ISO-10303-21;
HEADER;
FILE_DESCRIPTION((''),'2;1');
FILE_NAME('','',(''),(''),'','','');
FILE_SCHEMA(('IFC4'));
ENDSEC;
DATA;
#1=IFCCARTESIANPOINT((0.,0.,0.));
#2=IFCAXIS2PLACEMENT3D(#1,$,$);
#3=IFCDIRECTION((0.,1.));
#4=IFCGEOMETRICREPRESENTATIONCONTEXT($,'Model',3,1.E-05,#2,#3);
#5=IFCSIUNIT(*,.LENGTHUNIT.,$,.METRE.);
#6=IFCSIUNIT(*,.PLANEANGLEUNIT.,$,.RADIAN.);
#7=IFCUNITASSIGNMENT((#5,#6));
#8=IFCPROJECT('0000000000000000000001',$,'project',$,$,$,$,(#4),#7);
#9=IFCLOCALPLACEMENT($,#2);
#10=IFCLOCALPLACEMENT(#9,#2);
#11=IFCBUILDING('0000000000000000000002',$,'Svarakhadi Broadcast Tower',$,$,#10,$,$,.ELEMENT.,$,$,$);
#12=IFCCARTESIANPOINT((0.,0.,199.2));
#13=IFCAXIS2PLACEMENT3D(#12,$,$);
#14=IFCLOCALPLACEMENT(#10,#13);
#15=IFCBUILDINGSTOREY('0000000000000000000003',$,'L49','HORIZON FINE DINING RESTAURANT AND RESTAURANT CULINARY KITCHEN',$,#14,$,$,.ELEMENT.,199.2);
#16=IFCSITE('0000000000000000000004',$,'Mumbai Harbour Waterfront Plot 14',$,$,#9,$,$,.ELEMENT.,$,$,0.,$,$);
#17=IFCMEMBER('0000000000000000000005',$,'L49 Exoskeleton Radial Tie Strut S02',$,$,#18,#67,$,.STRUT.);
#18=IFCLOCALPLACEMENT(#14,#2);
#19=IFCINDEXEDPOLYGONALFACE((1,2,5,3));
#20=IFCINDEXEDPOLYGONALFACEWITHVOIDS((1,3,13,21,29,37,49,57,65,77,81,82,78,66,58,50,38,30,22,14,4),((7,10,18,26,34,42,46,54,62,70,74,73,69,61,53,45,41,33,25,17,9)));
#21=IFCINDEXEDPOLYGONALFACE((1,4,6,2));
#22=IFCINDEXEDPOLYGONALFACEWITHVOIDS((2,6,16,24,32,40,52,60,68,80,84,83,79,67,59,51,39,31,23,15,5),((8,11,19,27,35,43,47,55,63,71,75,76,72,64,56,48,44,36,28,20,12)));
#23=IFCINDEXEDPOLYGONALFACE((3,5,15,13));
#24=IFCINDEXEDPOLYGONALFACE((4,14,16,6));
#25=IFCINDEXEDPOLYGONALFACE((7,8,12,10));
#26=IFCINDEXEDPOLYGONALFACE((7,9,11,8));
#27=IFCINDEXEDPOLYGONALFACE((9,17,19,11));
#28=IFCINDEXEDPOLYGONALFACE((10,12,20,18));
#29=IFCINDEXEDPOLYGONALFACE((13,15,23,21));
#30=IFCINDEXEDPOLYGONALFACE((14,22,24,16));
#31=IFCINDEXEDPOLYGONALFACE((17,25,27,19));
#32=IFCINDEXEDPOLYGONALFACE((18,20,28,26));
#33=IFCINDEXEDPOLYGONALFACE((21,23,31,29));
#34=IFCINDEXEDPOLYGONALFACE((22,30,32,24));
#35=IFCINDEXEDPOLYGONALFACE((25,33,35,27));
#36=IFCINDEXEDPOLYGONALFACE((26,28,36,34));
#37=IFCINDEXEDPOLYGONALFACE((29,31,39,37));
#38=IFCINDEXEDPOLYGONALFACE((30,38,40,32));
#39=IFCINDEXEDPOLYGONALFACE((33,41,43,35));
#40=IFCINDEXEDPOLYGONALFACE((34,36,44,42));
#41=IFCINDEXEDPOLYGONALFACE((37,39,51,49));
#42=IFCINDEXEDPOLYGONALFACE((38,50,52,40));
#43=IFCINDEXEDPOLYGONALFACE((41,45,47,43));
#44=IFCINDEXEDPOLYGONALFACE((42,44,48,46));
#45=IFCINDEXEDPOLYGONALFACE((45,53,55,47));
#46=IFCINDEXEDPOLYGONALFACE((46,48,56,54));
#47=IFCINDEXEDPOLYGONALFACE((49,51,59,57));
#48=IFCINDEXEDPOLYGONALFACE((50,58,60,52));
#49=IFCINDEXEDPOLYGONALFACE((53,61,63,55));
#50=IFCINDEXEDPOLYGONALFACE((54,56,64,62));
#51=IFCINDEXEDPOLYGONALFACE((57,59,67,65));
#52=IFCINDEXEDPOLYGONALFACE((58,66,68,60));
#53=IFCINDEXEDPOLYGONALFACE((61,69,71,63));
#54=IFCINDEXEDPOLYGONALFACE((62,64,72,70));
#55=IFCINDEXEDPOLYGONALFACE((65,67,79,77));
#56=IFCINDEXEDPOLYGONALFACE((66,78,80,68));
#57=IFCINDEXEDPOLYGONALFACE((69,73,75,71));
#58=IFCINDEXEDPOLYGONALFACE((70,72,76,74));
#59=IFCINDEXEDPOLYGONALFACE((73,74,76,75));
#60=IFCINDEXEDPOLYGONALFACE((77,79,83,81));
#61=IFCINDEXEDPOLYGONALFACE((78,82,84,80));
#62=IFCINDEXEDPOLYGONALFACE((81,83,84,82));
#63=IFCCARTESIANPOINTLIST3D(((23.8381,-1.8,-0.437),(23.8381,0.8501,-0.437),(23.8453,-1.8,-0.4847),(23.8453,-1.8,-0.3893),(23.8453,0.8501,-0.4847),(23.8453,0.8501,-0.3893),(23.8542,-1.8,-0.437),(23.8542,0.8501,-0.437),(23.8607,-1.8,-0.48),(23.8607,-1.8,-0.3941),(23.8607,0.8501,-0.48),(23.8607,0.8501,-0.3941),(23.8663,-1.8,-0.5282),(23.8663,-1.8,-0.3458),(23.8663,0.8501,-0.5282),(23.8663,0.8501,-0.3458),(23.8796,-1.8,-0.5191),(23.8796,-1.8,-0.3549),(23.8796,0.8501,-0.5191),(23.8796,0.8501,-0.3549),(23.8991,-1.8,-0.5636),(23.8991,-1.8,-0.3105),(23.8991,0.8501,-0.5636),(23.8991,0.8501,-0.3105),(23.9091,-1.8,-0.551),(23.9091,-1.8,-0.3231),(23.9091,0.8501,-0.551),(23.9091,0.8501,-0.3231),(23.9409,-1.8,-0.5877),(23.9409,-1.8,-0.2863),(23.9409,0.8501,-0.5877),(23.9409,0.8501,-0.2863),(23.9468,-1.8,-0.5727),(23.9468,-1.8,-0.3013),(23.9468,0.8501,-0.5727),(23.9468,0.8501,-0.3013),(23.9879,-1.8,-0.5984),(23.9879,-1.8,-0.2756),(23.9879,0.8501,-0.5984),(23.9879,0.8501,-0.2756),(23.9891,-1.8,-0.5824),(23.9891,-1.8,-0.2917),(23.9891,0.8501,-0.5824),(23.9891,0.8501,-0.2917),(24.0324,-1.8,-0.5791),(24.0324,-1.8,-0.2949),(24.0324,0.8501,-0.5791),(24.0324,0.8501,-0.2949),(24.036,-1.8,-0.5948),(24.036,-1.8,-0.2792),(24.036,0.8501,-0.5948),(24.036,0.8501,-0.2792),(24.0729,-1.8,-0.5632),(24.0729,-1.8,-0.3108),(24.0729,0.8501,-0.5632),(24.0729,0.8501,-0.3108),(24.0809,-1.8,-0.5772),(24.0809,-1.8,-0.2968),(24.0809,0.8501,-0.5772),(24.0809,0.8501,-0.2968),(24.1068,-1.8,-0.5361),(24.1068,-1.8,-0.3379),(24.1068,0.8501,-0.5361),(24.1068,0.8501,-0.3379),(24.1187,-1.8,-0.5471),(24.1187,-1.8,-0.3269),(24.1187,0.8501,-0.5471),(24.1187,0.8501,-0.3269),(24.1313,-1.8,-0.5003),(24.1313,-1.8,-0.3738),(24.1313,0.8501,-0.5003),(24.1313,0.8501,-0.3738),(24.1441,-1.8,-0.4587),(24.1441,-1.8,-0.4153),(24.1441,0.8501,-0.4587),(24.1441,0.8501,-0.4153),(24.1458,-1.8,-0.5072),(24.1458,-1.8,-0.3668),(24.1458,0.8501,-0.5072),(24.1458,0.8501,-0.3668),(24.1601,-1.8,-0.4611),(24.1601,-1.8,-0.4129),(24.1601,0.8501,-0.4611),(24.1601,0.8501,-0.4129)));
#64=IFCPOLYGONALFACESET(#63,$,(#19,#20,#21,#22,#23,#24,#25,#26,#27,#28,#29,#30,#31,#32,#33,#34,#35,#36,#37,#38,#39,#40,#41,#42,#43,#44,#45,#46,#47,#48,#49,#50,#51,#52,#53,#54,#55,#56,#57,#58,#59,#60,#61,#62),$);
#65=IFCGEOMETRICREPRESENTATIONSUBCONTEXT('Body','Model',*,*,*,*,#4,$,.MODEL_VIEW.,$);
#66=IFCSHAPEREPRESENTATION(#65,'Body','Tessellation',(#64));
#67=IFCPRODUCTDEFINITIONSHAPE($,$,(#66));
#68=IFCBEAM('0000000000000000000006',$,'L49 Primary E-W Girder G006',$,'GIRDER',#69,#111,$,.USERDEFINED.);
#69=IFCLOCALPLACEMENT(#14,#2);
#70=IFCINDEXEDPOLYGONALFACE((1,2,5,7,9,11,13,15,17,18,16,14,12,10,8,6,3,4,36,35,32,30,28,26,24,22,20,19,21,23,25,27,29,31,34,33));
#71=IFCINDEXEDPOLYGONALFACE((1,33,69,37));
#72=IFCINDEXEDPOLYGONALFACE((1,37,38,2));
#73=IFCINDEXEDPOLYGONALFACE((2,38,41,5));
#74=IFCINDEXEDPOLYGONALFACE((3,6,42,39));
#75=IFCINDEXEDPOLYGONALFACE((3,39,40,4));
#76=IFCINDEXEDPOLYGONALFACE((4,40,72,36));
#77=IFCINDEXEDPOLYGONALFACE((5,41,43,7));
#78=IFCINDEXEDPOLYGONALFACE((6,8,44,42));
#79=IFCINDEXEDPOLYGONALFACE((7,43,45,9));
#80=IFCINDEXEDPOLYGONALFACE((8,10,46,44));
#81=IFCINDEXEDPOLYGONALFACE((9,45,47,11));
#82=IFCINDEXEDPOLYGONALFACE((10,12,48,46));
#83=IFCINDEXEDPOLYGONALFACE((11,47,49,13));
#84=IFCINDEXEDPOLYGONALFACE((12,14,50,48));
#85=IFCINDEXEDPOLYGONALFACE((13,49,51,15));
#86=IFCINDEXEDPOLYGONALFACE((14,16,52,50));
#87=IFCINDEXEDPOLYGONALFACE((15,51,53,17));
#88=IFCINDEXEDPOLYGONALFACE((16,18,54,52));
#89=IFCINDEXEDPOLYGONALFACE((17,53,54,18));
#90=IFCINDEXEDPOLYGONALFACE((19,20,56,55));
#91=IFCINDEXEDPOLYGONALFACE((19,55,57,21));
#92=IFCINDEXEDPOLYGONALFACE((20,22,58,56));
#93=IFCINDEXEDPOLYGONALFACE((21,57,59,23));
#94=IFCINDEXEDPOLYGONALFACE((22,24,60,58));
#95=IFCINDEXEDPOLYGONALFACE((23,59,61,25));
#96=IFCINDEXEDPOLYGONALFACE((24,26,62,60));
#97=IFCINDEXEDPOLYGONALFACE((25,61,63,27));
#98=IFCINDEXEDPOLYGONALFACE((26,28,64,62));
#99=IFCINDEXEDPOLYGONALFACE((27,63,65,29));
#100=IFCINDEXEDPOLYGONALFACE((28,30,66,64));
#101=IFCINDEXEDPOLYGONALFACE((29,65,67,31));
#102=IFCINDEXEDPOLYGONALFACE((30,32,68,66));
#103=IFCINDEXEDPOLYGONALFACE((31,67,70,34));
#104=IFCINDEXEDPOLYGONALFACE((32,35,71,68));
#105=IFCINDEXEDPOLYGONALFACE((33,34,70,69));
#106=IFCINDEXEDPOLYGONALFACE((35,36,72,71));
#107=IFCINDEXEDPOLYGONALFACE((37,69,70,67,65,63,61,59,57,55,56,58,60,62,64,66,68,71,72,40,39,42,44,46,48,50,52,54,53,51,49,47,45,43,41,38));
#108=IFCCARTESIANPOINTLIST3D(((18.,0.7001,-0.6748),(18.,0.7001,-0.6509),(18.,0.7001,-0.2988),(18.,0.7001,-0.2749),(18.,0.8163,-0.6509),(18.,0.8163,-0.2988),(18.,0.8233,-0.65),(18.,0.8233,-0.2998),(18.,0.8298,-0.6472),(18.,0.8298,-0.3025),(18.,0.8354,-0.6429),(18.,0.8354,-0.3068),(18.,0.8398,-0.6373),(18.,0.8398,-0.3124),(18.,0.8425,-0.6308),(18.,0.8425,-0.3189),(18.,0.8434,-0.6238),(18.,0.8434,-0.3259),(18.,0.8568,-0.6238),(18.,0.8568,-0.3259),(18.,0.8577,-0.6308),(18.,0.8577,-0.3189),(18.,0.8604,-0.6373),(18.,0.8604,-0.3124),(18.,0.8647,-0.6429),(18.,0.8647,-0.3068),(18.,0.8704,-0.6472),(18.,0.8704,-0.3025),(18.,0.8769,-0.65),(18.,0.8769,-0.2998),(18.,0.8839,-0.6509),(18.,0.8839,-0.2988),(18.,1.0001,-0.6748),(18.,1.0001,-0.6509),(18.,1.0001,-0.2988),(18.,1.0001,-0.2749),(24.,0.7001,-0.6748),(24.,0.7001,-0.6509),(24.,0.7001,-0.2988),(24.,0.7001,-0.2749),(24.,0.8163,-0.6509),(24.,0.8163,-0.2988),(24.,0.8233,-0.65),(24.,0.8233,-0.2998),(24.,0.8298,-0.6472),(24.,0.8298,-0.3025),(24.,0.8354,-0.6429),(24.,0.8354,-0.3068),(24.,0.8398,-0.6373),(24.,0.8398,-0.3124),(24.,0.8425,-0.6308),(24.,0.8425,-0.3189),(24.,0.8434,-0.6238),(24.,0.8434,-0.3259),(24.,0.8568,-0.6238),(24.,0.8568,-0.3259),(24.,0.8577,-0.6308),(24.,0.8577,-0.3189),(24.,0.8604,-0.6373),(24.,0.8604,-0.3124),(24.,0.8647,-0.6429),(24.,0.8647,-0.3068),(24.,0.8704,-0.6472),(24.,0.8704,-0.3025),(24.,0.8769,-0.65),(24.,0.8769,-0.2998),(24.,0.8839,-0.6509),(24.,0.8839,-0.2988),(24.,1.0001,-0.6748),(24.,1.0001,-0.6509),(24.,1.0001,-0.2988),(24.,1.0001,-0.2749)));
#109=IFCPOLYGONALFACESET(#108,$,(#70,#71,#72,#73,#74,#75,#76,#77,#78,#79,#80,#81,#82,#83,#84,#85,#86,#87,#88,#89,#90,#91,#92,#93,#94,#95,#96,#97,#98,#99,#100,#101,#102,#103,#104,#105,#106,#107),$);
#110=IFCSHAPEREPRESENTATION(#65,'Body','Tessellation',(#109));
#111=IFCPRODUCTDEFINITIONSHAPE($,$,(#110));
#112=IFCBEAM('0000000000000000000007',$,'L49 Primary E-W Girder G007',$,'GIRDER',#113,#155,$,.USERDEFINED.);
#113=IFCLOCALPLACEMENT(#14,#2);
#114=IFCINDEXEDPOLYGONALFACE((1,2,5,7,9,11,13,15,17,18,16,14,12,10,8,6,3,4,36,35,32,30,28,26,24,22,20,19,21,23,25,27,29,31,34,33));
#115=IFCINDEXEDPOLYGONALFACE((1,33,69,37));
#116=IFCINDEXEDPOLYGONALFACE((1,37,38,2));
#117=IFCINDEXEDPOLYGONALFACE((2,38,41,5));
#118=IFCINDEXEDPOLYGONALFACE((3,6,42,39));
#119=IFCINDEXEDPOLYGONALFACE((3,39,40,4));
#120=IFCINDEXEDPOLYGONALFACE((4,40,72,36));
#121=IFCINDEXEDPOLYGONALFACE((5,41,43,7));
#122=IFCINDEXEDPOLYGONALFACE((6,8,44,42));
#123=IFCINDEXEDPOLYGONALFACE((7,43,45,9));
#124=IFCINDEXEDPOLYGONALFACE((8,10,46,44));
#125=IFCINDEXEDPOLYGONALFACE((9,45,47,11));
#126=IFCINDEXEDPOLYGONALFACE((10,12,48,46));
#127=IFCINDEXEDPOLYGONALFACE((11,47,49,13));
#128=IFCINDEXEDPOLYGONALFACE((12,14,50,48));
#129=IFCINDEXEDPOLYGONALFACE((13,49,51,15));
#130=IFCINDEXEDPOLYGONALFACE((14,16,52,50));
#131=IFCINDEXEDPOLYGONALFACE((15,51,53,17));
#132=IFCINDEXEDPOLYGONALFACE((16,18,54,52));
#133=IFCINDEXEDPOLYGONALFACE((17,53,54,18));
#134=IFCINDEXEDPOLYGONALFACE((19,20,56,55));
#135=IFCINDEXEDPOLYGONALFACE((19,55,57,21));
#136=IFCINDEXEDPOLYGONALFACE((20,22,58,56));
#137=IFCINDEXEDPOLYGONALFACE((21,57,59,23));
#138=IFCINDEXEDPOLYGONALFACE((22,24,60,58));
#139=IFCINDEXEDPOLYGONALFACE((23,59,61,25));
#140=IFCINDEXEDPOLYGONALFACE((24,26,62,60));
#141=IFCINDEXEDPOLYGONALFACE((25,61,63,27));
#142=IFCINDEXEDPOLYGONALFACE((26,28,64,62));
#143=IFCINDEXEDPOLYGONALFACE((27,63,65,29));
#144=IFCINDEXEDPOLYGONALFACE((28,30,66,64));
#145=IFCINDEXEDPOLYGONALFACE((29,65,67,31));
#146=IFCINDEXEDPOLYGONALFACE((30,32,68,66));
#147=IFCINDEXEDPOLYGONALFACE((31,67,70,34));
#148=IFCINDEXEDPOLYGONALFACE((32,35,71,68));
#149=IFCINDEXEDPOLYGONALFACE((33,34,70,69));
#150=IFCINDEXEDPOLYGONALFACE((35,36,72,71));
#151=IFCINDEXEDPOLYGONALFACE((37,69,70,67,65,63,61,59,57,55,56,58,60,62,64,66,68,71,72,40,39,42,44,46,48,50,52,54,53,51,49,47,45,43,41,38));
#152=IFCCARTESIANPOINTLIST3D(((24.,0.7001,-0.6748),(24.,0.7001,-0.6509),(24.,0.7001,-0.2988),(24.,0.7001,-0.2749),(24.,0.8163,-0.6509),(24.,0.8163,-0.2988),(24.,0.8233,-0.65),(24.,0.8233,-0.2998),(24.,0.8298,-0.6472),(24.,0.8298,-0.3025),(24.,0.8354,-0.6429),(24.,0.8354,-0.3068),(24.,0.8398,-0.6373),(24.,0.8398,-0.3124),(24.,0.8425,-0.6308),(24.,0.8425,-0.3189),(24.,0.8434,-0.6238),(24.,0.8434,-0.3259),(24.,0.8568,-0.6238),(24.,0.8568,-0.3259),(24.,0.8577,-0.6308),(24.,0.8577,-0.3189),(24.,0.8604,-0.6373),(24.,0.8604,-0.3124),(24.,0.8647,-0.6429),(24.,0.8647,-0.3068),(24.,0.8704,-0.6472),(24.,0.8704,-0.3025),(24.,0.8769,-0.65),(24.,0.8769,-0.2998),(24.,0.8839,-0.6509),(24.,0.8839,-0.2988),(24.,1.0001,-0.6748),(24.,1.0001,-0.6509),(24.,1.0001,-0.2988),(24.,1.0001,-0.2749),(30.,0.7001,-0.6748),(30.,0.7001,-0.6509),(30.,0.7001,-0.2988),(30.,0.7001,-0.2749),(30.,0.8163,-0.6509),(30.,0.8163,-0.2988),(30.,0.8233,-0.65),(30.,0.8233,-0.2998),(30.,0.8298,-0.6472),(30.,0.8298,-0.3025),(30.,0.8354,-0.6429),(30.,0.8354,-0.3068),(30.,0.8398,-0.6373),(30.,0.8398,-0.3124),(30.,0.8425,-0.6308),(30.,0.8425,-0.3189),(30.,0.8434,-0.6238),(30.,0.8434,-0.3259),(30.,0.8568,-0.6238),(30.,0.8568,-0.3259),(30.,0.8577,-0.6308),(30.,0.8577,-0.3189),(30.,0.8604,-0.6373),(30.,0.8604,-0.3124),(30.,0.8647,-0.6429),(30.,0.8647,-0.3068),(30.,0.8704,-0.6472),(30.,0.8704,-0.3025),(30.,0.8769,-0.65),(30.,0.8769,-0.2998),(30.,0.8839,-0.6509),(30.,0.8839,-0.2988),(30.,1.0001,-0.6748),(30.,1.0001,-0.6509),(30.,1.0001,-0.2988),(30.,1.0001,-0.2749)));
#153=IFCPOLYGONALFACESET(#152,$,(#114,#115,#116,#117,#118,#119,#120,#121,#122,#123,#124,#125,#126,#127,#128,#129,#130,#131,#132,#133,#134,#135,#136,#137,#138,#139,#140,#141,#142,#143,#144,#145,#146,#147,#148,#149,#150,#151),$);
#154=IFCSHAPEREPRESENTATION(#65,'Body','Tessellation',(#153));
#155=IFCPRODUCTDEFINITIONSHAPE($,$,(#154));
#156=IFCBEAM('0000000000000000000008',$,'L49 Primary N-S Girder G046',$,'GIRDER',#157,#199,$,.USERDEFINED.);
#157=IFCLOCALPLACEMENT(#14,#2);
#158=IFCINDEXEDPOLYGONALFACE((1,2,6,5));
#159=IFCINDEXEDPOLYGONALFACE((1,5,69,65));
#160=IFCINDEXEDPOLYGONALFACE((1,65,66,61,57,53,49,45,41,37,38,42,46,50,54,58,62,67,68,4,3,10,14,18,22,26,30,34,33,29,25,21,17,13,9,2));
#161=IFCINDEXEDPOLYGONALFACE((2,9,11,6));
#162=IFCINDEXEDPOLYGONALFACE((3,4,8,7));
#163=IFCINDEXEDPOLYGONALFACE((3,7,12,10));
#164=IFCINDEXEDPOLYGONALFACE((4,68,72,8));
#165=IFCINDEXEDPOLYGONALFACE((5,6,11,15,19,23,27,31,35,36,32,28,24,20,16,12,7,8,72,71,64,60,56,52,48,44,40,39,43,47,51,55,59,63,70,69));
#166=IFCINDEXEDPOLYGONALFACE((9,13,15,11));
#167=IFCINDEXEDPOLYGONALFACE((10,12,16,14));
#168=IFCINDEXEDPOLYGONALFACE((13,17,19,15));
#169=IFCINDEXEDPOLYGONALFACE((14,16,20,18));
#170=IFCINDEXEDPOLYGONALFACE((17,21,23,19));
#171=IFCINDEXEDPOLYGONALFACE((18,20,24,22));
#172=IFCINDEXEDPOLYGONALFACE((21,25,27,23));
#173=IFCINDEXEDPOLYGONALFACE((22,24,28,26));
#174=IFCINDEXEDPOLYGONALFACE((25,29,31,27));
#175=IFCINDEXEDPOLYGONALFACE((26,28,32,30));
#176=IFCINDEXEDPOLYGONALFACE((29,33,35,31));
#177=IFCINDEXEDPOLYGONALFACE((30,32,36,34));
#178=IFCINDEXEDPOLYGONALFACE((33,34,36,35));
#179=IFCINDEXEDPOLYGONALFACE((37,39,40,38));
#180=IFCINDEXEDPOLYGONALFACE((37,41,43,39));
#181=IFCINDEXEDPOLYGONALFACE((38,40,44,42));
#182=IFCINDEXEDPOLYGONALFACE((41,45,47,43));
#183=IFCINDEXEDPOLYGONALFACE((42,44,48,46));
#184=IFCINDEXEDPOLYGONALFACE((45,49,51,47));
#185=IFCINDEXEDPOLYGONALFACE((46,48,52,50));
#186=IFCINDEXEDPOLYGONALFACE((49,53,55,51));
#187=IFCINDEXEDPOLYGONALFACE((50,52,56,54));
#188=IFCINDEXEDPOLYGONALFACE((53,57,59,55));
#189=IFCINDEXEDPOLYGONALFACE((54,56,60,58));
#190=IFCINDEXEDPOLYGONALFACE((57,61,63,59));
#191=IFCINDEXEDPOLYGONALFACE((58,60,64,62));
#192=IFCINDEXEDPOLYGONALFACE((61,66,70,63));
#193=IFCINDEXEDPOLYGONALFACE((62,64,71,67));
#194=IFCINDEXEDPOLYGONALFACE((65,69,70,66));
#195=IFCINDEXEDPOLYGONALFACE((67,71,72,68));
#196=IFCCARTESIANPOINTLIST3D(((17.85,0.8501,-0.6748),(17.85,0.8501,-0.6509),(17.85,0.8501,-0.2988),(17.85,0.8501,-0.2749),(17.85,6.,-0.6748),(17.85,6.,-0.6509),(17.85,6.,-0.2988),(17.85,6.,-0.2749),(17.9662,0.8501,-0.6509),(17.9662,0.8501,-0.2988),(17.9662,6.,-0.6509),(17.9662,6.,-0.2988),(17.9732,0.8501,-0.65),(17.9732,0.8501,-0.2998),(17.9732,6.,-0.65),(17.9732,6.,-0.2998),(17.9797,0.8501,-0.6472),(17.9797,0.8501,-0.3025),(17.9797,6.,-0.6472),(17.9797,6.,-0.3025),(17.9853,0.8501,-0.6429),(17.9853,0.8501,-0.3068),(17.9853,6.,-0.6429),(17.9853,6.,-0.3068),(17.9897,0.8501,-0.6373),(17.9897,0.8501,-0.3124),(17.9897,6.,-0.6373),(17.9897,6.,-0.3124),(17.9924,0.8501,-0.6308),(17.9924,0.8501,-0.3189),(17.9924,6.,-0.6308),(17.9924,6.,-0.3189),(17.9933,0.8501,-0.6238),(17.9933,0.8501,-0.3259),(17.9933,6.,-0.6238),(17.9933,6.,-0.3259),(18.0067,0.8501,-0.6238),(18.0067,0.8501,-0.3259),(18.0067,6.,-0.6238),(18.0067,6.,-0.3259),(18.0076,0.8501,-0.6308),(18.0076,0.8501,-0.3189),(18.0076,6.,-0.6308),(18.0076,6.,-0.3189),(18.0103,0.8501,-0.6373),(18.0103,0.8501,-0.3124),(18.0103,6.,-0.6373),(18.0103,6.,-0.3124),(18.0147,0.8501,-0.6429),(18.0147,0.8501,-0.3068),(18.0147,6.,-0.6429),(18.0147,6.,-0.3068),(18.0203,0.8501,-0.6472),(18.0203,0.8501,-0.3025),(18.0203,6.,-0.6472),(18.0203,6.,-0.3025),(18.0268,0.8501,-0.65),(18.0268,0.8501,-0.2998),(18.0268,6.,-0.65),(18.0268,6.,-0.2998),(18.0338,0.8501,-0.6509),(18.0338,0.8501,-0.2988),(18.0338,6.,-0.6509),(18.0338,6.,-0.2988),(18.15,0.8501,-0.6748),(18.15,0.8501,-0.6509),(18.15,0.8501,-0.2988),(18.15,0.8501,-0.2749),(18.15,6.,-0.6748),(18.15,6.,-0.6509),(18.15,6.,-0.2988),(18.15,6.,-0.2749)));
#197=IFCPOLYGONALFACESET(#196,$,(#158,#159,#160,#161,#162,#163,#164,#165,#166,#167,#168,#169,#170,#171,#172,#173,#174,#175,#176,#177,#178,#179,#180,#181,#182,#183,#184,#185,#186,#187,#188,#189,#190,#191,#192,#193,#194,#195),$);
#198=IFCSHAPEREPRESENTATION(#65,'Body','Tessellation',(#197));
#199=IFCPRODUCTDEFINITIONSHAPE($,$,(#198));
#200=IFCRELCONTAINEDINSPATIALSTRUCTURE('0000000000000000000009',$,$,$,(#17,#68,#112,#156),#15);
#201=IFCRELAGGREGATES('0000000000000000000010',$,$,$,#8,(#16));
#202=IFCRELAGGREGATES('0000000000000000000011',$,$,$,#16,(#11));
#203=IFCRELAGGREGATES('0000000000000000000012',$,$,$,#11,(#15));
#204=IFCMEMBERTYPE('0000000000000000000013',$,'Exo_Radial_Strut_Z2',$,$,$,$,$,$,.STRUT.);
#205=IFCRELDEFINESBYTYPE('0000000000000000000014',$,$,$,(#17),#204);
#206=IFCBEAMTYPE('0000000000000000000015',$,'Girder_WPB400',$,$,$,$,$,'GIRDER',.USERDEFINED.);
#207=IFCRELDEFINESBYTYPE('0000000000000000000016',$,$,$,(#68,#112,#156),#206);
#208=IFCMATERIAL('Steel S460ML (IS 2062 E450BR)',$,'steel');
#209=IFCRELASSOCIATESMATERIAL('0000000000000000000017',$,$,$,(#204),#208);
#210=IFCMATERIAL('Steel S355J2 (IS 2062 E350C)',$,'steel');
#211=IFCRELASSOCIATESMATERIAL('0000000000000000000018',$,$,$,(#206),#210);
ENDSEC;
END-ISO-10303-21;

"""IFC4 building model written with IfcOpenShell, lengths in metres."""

from ifc_helpers import new_model, si_unit, direction, frame, origin, origin_2d, place, context, subcontext, project, spatial, hollow_circle, i_section, extrude, material, material_profile, profile_set, type_object, element, save


model = new_model("IFC4")

# Units and contexts
model_context = context("Model", 3, precision=1e-05, world=origin(), true_north=direction((0.0, 1.0)))
body_context = subcontext(model_context, "Body", "Model", "MODEL_VIEW")
ifc_project = project(units=[si_unit("LENGTHUNIT", "METRE"), si_unit("PLANEANGLEUNIT", "RADIAN")], contexts=[model_context])

# Site, building, storey
site_placement = place(None, origin())
site = spatial("IfcSite", under=ifc_project, at=site_placement, Name="Mumbai Harbour Waterfront Plot 14", CompositionType="ELEMENT", RefElevation=0.0)
building_placement = place(site_placement, origin())
building = spatial("IfcBuilding", under=site, at=building_placement, Name="Svarakhadi Broadcast Tower", CompositionType="ELEMENT")
storey_placement = place(building_placement, frame((0.0, 0.0, 199.2)))
storey = spatial("IfcBuildingStorey", under=building, at=storey_placement, Name="L49", Description="HORIZON FINE DINING RESTAURANT AND RESTAURANT CULINARY KITCHEN", CompositionType="ELEMENT", Elevation=199.2)

# Shared definitions
ifc_material_1 = material(Name="Steel S460ML (IS 2062 E450BR)", Category="steel")

# Shared definitions
ifc_material_2 = material(Name="Steel S355J2 (IS 2062 E350C)", Category="steel")

# Member
ifc_material_profile_1 = material_profile(ifc_material_1, hollow_circle(Radius=0.1619, WallThickness=0.0161, at=origin_2d()), Name="CHS 323.9x16")
ifc_profile_set_1 = profile_set([ifc_material_profile_1], Name="Steel S460ML (IS 2062 E450BR)")
member_type_1 = type_object("IfcMemberType", Name="Exo_Radial_Strut_Z2", PredefinedType="STRUT", material=ifc_profile_set_1)
member_1_placement = place(storey_placement, frame((24.0, -1.8, -0.437), z_axis=(0.0, 1.0, 0.0), x_axis=(-1.0, 0.0, 0.0)))
element("IfcMember", 1, at=member_1_placement, inside=storey, type_object=member_type_1, Name="L49 Exoskeleton Radial Tie Strut S02", PredefinedType="STRUT", context=body_context, shape_type="SweptSolid", body=[
    extrude(hollow_circle(Radius=0.1619, WallThickness=0.0161, at=origin_2d()), origin(), (0.0, 0.0, 1.0), 2.6501),
])

# Beams
ifc_material_profile_2 = material_profile(ifc_material_2, i_section(OverallWidth=0.3, OverallDepth=0.3999, WebThickness=0.0134, FlangeThickness=0.0239, FilletRadius=0.0271, at=origin_2d()), Name="WPB 400x300x155")
ifc_profile_set_2 = profile_set([ifc_material_profile_2], Name="Steel S355J2 (IS 2062 E350C)")
beam_type_1 = type_object("IfcBeamType", Name="Girder_WPB400", ElementType="GIRDER", PredefinedType="USERDEFINED", material=ifc_profile_set_2)
for number, where, z_axis, x_axis, name in (
    (2, (18.0, 0.8501, -0.4749), (1.0, 0.0, 0.0), (0.0, 1.0, 0.0), "L49 Primary E-W Girder G006"),
    (3, (24.0, 0.8501, -0.4749), (1.0, 0.0, 0.0), (0.0, 1.0, 0.0), "L49 Primary E-W Girder G007"),
):
    element("IfcBeam", number, at=place(storey_placement, frame(where, z_axis=z_axis, x_axis=x_axis)), inside=storey, type_object=beam_type_1, Name=name, ObjectType="GIRDER", PredefinedType="USERDEFINED", context=body_context, shape_type="SweptSolid", body=[
        extrude(i_section(OverallWidth=0.3, OverallDepth=0.3999, WebThickness=0.0134, FlangeThickness=0.0239, FilletRadius=0.0271, at=origin_2d()), origin(), (0.0, 0.0, 1.0), 6.0),
    ])
for number, where, z_axis, x_axis, name in (
    (4, (18.0, 0.8501, -0.4749), (0.0, 1.0, 0.0), (-1.0, 0.0, 0.0), "L49 Primary N-S Girder G046"),
):
    element("IfcBeam", number, at=place(storey_placement, frame(where, z_axis=z_axis, x_axis=x_axis)), inside=storey, type_object=beam_type_1, Name=name, ObjectType="GIRDER", PredefinedType="USERDEFINED", context=body_context, shape_type="SweptSolid", body=[
        extrude(i_section(OverallWidth=0.3, OverallDepth=0.3999, WebThickness=0.0134, FlangeThickness=0.0239, FilletRadius=0.0271, at=origin_2d()), origin(), (0.0, 0.0, 1.0), 5.1499),
    ])

save(model, "model.ifc")
